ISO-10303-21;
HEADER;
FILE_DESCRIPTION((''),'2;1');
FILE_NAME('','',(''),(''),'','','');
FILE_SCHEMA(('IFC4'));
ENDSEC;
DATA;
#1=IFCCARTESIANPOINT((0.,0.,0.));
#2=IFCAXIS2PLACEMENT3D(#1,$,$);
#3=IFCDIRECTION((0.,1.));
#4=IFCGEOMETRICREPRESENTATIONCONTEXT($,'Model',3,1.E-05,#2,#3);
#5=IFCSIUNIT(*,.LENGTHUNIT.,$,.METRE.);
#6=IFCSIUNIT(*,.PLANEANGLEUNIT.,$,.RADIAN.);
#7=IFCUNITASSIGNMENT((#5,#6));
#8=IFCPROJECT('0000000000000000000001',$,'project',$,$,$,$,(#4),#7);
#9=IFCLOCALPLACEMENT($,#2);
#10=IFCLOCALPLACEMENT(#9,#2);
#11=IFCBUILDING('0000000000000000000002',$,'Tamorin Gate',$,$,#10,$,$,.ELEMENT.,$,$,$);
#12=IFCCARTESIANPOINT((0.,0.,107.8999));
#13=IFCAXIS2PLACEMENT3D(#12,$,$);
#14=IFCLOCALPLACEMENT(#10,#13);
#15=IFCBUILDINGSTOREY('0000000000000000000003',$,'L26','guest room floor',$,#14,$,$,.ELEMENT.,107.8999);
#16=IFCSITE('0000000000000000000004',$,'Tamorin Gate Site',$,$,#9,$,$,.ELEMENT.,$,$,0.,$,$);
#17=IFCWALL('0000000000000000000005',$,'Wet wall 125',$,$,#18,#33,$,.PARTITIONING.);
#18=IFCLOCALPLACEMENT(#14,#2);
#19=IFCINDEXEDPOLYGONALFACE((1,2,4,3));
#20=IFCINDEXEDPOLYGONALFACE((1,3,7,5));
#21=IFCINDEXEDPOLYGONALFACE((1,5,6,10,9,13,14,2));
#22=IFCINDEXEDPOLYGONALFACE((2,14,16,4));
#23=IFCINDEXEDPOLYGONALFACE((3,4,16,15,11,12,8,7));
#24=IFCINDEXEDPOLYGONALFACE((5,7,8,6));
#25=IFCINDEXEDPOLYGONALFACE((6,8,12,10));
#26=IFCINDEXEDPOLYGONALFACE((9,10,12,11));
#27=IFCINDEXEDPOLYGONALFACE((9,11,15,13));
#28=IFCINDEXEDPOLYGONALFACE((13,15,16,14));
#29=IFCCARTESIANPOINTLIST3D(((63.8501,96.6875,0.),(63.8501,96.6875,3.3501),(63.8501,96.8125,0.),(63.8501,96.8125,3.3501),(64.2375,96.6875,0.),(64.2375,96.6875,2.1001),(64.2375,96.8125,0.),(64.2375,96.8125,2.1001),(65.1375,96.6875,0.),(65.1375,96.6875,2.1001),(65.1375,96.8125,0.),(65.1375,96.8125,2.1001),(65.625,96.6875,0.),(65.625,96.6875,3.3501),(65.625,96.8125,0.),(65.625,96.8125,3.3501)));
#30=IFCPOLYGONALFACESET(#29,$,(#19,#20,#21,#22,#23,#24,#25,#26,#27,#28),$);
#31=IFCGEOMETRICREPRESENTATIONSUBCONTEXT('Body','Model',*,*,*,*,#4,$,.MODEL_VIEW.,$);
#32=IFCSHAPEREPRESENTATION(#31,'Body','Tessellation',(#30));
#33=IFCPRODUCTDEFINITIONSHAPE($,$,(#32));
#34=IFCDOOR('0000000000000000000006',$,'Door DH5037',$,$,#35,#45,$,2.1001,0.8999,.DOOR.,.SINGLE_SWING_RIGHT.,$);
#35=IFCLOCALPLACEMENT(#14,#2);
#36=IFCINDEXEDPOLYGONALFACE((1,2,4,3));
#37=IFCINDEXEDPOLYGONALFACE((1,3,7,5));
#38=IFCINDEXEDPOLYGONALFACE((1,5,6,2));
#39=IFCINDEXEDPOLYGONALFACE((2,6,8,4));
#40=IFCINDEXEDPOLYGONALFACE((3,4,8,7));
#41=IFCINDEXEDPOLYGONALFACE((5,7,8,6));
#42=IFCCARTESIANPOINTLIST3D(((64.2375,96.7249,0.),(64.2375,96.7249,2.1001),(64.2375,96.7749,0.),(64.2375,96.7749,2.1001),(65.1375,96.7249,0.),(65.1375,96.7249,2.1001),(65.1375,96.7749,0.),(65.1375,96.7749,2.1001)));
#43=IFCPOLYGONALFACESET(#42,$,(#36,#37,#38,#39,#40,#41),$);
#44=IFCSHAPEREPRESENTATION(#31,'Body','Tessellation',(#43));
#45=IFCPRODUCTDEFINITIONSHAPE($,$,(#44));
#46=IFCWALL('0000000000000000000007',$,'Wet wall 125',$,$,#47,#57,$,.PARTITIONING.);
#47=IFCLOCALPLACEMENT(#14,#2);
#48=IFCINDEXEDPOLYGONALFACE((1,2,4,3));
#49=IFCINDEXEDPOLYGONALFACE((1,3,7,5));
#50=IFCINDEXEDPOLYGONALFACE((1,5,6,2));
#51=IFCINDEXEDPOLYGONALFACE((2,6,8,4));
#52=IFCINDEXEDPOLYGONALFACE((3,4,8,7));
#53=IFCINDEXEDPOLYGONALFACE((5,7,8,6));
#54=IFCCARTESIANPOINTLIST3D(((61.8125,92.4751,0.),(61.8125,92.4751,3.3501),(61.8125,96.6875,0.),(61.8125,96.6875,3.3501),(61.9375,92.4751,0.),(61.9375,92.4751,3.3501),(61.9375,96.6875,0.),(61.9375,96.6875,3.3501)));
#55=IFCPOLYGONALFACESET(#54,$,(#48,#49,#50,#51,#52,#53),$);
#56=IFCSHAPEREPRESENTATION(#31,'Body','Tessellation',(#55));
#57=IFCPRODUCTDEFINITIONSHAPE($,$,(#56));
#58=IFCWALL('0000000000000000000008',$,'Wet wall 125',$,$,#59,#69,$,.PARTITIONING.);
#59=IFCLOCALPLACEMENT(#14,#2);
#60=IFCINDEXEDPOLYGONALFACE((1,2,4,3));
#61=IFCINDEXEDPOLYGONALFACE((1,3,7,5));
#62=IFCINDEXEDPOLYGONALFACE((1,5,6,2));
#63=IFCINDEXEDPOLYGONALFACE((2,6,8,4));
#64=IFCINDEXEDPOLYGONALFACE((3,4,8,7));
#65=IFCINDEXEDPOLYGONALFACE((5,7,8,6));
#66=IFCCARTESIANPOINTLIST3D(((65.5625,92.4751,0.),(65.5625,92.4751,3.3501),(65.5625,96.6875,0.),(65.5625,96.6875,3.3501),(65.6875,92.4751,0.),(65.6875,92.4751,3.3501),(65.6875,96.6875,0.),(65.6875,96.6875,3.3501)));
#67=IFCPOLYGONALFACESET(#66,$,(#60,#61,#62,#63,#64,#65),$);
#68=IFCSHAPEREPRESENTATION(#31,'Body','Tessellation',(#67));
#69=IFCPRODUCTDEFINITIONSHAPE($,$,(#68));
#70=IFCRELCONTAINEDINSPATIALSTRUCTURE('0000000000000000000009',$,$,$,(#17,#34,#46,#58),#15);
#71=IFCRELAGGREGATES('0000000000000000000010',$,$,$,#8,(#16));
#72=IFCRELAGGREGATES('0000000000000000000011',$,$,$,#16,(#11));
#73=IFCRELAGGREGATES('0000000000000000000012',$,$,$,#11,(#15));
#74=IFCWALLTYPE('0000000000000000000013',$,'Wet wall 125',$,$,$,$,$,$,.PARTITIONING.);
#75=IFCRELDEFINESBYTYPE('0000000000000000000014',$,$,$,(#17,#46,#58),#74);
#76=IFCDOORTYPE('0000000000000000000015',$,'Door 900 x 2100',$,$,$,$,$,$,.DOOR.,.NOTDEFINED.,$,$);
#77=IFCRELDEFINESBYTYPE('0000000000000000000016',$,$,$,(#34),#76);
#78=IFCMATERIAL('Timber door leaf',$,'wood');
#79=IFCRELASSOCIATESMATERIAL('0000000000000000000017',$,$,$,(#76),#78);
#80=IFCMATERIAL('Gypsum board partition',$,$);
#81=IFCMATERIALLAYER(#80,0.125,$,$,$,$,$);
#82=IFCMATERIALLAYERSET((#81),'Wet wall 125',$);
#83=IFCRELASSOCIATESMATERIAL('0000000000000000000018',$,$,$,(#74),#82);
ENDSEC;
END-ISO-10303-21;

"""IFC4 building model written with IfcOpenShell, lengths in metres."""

from ifc_helpers import new_model, si_unit, direction, frame, frame_2d, origin, place, context, subcontext, project, spatial, rectangle, extrude, material, layer, layer_set, type_object, element, fill, save


model = new_model("IFC4")

# Units and contexts
model_context = context("Model", 3, precision=1e-05, world=origin(), true_north=direction((0.0, 1.0)))
body_context = subcontext(model_context, "Body", "Model", "MODEL_VIEW")
ifc_project = project(units=[si_unit("LENGTHUNIT", "METRE"), si_unit("PLANEANGLEUNIT", "RADIAN")], contexts=[model_context])

# Site, building, storey
site_placement = place(None, origin())
site = spatial("IfcSite", under=ifc_project, at=site_placement, Name="Tamorin Gate Site", CompositionType="ELEMENT", RefElevation=0.0)
building_placement = place(site_placement, origin())
building = spatial("IfcBuilding", under=site, at=building_placement, Name="Tamorin Gate", CompositionType="ELEMENT")
storey_placement = place(building_placement, frame((0.0, 0.0, 107.8999)))
storey = spatial("IfcBuildingStorey", under=building, at=storey_placement, Name="L26", Description="guest room floor", CompositionType="ELEMENT", Elevation=107.8999)

# Shared definitions
ifc_material_1 = material(Name="Gypsum board partition")

# Wall, opening, door
ifc_material_2 = material(Name="Timber door leaf", Category="wood")
door_type = type_object("IfcDoorType", Name="Door 900 x 2100", OperationType="NOTDEFINED", PredefinedType="DOOR", material=ifc_material_2)
ifc_layer_1 = layer(ifc_material_1, 0.125)
ifc_layer_set_1 = layer_set([ifc_layer_1], Name="Wet wall 125")
wall_type_1 = type_object("IfcWallType", Name="Wet wall 125", PredefinedType="PARTITIONING", material=ifc_layer_set_1)
wall_1_placement = place(storey_placement, frame((63.8501, 96.75, 0.0), z_axis=(0.0, 0.0, 1.0), x_axis=(1.0, 0.0, 0.0)))
wall_1 = element("IfcWall", 1, at=wall_1_placement, inside=storey, type_object=wall_type_1, Name="Wet wall 125", PredefinedType="PARTITIONING", context=body_context, shape_type="SweptSolid", body=[
    extrude(rectangle(XDim=1.7749, YDim=0.125, at=frame_2d((0.8875, 0.0))), origin(), (0.0, 0.0, 1.0), 3.3501),
])
opening_1_placement = place(wall_1_placement, frame((0.3875, 0.0, 0.0)))
opening_1 = element("IfcOpeningElement", 2, at=opening_1_placement, cuts=wall_1, PredefinedType="OPENING", context=body_context, shape_type="SweptSolid", body=[
    extrude(rectangle(XDim=0.8999, YDim=2.1001, at=frame_2d((0.45, 1.05))), frame((0.0, 0.0725, 0.0), z_axis=(0.0, -1.0, 0.0), x_axis=(1.0, 0.0, 0.0)), (0.0, 0.0, 1.0), 0.145),
])
door_1_placement = place(opening_1_placement, origin())
door_1 = element("IfcDoor", 3, at=door_1_placement, inside=storey, type_object=door_type, Name="Door DH5037", OperationType="SINGLE_SWING_RIGHT", OverallHeight=2.1001, OverallWidth=0.8999, PredefinedType="DOOR", context=body_context, shape_type="SweptSolid", body=[
    extrude(rectangle(XDim=0.8999, YDim=2.1001, at=frame_2d((0.45, 1.05))), frame((0.0, 0.0249, 0.0), z_axis=(0.0, -1.0, 0.0), x_axis=(1.0, 0.0, 0.0)), (0.0, 0.0, 1.0), 0.05),
])
fill(opening_1, door_1)

# Walls
for number, where, z_axis, x_axis, name in (
    (4, (61.875, 92.4751, 0.0), (0.0, 0.0, 1.0), (0.0, 1.0, 0.0), "Wet wall 125"),
    (5, (65.625, 92.4751, 0.0), (0.0, 0.0, 1.0), (0.0, 1.0, 0.0), "Wet wall 125"),
):
    element("IfcWall", number, at=place(storey_placement, frame(where, z_axis=z_axis, x_axis=x_axis)), inside=storey, type_object=wall_type_1, Name=name, PredefinedType="PARTITIONING", context=body_context, shape_type="SweptSolid", body=[
        extrude(rectangle(XDim=4.2124, YDim=0.125, at=frame_2d((2.1062, 0.0))), origin(), (0.0, 0.0, 1.0), 3.3501),
    ])

save(model, "model.ifc")
